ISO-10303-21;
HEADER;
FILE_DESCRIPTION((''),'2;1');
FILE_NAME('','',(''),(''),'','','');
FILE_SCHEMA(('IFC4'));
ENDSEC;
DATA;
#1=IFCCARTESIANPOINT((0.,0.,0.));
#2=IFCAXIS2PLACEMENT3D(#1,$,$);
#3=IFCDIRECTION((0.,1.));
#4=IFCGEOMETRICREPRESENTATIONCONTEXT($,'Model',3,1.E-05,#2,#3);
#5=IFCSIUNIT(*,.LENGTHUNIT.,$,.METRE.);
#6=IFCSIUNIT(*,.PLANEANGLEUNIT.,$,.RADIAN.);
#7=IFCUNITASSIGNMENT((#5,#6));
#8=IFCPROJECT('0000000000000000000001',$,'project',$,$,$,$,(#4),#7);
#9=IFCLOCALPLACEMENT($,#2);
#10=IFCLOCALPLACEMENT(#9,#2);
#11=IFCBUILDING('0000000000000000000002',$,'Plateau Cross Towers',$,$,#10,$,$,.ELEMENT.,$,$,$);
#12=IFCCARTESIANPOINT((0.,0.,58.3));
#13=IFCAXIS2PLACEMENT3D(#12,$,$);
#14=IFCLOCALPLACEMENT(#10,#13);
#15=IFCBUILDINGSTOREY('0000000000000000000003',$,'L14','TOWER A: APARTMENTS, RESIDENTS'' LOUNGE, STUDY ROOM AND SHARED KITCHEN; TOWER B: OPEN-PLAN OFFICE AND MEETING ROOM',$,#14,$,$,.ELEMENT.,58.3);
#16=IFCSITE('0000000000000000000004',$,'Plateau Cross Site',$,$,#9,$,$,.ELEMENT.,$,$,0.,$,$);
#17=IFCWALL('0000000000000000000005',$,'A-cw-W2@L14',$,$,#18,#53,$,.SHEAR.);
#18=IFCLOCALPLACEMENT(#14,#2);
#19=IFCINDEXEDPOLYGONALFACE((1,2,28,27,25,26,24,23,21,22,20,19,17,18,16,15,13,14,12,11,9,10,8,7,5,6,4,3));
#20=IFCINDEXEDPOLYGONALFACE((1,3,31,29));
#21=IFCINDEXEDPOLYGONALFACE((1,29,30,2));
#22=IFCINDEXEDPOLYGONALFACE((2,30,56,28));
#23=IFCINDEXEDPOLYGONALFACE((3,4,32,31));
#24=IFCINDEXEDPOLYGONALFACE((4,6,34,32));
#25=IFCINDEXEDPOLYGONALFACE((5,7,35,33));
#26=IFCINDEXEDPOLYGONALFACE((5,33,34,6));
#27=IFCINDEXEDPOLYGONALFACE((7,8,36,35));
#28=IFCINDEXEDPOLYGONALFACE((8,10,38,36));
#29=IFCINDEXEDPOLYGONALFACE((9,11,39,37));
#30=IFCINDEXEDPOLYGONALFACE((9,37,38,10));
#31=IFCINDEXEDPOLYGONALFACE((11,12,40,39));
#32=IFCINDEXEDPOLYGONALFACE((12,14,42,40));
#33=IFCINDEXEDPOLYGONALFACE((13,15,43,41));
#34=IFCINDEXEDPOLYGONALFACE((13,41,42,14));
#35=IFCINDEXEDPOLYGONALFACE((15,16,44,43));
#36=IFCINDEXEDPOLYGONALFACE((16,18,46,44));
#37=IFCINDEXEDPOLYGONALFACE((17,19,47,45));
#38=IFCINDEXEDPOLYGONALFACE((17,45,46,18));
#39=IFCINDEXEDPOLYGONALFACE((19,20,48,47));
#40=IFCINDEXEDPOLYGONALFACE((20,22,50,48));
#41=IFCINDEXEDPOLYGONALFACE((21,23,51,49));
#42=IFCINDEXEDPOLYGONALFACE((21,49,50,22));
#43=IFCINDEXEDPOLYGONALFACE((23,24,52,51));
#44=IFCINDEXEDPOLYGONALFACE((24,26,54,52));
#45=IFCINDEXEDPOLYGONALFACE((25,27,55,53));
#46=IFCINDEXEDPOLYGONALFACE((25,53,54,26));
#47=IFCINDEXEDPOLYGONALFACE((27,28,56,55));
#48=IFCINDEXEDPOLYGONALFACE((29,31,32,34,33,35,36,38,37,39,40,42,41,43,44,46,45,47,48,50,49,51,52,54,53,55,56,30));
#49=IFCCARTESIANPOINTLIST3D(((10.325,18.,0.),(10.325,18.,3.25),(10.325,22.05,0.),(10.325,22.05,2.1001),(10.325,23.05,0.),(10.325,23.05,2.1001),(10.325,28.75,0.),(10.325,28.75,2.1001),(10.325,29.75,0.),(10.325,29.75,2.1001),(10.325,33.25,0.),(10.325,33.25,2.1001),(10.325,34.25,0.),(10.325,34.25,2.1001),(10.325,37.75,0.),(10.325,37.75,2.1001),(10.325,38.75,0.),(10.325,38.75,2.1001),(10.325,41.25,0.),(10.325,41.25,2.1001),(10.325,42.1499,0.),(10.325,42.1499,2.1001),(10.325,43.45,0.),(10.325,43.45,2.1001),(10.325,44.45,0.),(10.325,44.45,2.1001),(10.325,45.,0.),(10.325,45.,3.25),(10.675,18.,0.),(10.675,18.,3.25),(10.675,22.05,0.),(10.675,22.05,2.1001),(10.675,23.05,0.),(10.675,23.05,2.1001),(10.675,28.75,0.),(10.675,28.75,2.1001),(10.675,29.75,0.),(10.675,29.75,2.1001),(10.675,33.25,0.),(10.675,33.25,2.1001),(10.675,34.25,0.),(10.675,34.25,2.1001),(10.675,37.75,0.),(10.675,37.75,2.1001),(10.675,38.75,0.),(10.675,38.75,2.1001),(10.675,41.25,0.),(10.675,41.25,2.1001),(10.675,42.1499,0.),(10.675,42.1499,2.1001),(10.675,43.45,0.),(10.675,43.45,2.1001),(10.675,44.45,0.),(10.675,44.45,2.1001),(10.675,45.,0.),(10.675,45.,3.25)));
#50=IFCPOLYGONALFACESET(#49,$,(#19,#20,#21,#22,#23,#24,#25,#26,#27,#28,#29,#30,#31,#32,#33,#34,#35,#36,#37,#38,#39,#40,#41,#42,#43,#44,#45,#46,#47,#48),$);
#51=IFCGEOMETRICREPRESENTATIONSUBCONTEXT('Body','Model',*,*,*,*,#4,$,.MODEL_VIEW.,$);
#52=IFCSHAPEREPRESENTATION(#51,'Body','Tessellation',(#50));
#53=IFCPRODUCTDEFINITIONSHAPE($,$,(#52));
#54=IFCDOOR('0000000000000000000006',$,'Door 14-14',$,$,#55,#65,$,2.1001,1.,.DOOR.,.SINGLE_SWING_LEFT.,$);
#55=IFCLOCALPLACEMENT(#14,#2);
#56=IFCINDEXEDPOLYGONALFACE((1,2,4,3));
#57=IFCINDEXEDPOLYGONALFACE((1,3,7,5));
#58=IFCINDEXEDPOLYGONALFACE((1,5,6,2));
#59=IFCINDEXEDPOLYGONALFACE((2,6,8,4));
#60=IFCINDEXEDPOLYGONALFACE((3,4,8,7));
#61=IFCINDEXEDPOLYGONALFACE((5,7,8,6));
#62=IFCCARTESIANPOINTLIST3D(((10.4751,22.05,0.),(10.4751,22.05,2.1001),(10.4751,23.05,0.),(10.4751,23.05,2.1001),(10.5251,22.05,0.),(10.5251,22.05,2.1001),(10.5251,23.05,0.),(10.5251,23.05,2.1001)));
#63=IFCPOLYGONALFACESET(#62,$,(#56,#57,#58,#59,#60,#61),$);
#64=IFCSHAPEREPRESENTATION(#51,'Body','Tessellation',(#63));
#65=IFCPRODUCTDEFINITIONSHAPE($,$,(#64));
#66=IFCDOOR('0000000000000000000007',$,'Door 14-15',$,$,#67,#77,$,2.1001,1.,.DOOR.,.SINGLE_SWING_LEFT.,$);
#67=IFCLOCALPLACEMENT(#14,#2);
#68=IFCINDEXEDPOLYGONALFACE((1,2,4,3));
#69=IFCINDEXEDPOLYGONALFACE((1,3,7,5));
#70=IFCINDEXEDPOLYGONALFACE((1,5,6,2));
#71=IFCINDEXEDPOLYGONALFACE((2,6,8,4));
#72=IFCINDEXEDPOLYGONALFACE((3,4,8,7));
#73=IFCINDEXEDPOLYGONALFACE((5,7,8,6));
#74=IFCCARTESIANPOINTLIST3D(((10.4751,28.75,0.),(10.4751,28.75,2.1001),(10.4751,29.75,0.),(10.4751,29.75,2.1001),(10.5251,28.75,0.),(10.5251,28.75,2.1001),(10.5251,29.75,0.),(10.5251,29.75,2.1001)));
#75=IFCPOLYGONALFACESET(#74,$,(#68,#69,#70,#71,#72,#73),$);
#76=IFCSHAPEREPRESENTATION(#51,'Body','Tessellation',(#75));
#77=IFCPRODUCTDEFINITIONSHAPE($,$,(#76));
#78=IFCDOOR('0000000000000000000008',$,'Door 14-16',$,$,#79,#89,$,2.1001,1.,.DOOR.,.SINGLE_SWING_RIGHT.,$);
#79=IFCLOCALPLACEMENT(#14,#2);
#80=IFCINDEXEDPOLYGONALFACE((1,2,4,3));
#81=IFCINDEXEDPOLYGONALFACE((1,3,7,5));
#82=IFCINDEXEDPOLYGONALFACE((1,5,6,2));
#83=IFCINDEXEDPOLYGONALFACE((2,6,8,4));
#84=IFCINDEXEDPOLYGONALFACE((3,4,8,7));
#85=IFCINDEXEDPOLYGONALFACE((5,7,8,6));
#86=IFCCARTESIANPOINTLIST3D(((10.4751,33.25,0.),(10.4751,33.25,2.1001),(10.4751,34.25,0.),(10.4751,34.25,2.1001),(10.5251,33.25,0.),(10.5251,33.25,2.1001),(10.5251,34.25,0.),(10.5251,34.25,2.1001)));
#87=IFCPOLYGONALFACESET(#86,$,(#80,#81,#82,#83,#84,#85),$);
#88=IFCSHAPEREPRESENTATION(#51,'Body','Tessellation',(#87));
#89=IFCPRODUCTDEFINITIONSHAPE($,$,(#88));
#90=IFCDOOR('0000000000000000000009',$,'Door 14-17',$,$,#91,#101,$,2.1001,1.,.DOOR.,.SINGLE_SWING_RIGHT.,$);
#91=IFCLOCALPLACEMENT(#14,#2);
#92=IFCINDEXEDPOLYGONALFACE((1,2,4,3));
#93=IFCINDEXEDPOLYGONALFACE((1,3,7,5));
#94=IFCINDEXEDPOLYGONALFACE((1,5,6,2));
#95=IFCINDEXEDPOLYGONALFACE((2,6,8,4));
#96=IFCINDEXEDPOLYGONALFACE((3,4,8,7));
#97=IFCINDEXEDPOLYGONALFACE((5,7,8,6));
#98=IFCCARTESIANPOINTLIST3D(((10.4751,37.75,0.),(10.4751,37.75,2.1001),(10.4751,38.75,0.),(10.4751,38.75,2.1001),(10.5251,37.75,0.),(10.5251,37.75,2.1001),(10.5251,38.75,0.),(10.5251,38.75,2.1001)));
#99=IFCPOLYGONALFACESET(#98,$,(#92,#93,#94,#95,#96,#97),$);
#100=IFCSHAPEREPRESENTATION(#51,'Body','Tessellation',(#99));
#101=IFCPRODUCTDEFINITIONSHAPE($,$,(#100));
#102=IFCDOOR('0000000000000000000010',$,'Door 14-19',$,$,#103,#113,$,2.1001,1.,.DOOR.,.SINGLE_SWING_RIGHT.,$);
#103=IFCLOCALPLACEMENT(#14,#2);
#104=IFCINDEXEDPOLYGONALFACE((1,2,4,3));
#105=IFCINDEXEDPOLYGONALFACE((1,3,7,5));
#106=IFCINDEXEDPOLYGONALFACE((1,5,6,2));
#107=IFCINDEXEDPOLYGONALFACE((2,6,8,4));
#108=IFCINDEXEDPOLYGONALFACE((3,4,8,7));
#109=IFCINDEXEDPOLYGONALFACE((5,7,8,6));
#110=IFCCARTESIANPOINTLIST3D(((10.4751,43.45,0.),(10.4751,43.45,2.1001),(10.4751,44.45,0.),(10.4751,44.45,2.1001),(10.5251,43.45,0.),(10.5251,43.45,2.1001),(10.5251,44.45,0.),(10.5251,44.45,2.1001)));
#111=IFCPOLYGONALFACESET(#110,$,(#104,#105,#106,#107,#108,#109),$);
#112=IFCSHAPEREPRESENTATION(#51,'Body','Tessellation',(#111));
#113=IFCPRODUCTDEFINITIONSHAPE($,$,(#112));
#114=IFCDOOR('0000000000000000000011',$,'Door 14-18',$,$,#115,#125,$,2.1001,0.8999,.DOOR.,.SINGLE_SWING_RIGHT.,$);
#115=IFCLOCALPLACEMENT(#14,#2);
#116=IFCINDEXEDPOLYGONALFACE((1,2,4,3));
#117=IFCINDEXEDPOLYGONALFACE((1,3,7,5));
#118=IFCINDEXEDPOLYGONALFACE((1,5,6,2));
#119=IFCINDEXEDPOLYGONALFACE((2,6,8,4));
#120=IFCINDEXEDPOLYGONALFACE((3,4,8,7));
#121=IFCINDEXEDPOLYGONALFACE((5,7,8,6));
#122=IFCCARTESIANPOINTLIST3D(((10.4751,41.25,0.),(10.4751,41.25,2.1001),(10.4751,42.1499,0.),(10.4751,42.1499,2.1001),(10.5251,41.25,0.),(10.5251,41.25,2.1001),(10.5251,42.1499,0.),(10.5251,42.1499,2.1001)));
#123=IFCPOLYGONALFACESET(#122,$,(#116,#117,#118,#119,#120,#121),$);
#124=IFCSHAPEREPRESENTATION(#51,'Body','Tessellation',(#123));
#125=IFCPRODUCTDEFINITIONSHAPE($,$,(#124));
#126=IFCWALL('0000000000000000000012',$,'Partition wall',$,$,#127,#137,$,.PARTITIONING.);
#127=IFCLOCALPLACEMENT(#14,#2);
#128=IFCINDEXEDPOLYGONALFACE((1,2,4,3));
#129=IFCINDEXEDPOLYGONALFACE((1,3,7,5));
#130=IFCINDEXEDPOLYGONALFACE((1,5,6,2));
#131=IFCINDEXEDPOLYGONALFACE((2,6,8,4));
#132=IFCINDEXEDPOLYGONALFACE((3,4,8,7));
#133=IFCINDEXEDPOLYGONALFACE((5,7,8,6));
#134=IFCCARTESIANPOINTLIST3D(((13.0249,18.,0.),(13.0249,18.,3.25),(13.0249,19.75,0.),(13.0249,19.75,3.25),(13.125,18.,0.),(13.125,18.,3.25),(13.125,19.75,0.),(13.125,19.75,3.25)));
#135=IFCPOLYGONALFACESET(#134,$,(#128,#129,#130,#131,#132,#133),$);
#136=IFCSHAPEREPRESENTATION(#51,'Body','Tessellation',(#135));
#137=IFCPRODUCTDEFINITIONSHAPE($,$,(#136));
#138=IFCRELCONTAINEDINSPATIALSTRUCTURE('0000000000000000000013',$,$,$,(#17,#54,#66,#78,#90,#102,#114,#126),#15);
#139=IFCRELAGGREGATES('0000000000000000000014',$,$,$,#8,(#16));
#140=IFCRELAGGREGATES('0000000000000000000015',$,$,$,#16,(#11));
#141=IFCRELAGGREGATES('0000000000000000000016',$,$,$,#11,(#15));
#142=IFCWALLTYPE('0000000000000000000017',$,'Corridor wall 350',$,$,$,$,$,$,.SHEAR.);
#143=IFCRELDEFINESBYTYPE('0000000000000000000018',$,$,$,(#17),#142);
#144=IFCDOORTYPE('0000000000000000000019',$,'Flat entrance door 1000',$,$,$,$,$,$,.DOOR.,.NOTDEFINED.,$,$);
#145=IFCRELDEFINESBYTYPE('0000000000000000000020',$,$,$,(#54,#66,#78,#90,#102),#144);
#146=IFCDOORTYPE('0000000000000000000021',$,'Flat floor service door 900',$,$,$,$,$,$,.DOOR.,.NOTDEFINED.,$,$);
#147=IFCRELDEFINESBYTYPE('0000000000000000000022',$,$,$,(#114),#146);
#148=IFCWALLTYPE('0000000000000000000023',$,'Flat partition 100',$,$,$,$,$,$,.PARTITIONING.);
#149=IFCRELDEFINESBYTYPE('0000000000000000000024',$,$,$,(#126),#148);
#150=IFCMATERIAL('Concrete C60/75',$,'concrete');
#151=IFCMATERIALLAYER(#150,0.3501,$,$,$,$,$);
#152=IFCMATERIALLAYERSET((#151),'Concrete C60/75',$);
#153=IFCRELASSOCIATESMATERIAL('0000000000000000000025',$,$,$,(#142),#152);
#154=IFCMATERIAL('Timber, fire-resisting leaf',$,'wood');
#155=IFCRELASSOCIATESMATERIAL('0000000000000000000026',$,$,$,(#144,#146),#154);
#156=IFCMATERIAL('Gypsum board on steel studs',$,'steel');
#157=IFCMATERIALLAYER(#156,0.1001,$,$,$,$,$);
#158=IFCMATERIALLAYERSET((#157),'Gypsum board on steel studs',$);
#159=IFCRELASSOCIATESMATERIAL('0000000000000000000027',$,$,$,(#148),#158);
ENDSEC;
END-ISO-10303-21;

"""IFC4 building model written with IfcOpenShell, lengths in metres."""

from ifc_helpers import new_model, si_unit, direction, frame, frame_2d, origin, place, context, subcontext, project, spatial, rectangle, extrude, material, layer, layer_set, type_object, element, fill, save


model = new_model("IFC4")

# Units and contexts
model_context = context("Model", 3, precision=1e-05, world=origin(), true_north=direction((0.0, 1.0)))
body_context = subcontext(model_context, "Body", "Model", "MODEL_VIEW")
ifc_project = project(units=[si_unit("LENGTHUNIT", "METRE"), si_unit("PLANEANGLEUNIT", "RADIAN")], contexts=[model_context])

# Site, building, storey
site_placement = place(None, origin())
site = spatial("IfcSite", under=ifc_project, at=site_placement, Name="Plateau Cross Site", CompositionType="ELEMENT", RefElevation=0.0)
building_placement = place(site_placement, origin())
building = spatial("IfcBuilding", under=site, at=building_placement, Name="Plateau Cross Towers", CompositionType="ELEMENT")
storey_placement = place(building_placement, frame((0.0, 0.0, 58.3)))
storey = spatial("IfcBuildingStorey", under=building, at=storey_placement, Name="L14", Description="TOWER A: APARTMENTS, RESIDENTS' LOUNGE, STUDY ROOM AND SHARED KITCHEN; TOWER B: OPEN-PLAN OFFICE AND MEETING ROOM", CompositionType="ELEMENT", Elevation=58.3)

# Shared definitions
ifc_material_1 = material(Name="Concrete C60/75", Category="concrete")

# Wall, openings, doors
ifc_layer_1 = layer(ifc_material_1, 0.3501)
ifc_layer_set_1 = layer_set([ifc_layer_1], Name="Concrete C60/75")
wall_type_1 = type_object("IfcWallType", Name="Corridor wall 350", PredefinedType="SHEAR", material=ifc_layer_set_1)
ifc_material_2 = material(Name="Timber, fire-resisting leaf", Category="wood")
door_type_1 = type_object("IfcDoorType", Name="Flat entrance door 1000", OperationType="NOTDEFINED", PredefinedType="DOOR", material=ifc_material_2)
wall_1_placement = place(storey_placement, frame((10.5, 18.0, 0.0), z_axis=(0.0, 0.0, 1.0), x_axis=(0.0, 1.0, 0.0)))
wall_1 = element("IfcWall", 1, at=wall_1_placement, inside=storey, type_object=wall_type_1, Name="A-cw-W2@L14", PredefinedType="SHEAR", context=body_context, shape_type="SweptSolid", body=[
    extrude(rectangle(XDim=27.0, YDim=0.3501, at=frame_2d((13.5, 0.0))), origin(), (0.0, 0.0, 1.0), 3.25),
])
opening_1_placement = place(wall_1_placement, frame((4.05, 0.0, 0.0)))
opening_1 = element("IfcOpeningElement", 2, at=opening_1_placement, cuts=wall_1, PredefinedType="OPENING", context=body_context, shape_type="SweptSolid", body=[
    extrude(rectangle(XDim=1.0, YDim=2.1001, at=frame_2d((0.5, 1.05))), frame((0.0, 0.1851, 0.0), z_axis=(0.0, -1.0, 0.0), x_axis=(1.0, 0.0, 0.0)), (0.0, 0.0, 1.0), 0.3701),
])
opening_2_placement = place(wall_1_placement, frame((10.75, 0.0, 0.0)))
opening_2 = element("IfcOpeningElement", 3, at=opening_2_placement, cuts=wall_1, PredefinedType="OPENING", context=body_context, shape_type="SweptSolid", body=[
    extrude(rectangle(XDim=1.0, YDim=2.1001, at=frame_2d((0.5, 1.05))), frame((0.0, 0.1851, 0.0), z_axis=(0.0, -1.0, 0.0), x_axis=(1.0, 0.0, 0.0)), (0.0, 0.0, 1.0), 0.3701),
])
opening_3_placement = place(wall_1_placement, frame((15.25, 0.0, 0.0)))
opening_3 = element("IfcOpeningElement", 4, at=opening_3_placement, cuts=wall_1, PredefinedType="OPENING", context=body_context, shape_type="SweptSolid", body=[
    extrude(rectangle(XDim=1.0, YDim=2.1001, at=frame_2d((0.5, 1.05))), frame((0.0, 0.1851, 0.0), z_axis=(0.0, -1.0, 0.0), x_axis=(1.0, 0.0, 0.0)), (0.0, 0.0, 1.0), 0.3701),
])
opening_4_placement = place(wall_1_placement, frame((19.75, 0.0, 0.0)))
opening_4 = element("IfcOpeningElement", 5, at=opening_4_placement, cuts=wall_1, PredefinedType="OPENING", context=body_context, shape_type="SweptSolid", body=[
    extrude(rectangle(XDim=1.0, YDim=2.1001, at=frame_2d((0.5, 1.05))), frame((0.0, 0.1851, 0.0), z_axis=(0.0, -1.0, 0.0), x_axis=(1.0, 0.0, 0.0)), (0.0, 0.0, 1.0), 0.3701),
])
opening_5_placement = place(wall_1_placement, frame((23.25, 0.0, 0.0)))
opening_5 = element("IfcOpeningElement", 6, at=opening_5_placement, cuts=wall_1, PredefinedType="OPENING", context=body_context, shape_type="SweptSolid", body=[
    extrude(rectangle(XDim=0.8999, YDim=2.1001, at=frame_2d((0.45, 1.05))), frame((0.0, 0.1851, 0.0), z_axis=(0.0, -1.0, 0.0), x_axis=(1.0, 0.0, 0.0)), (0.0, 0.0, 1.0), 0.3701),
])
opening_6_placement = place(wall_1_placement, frame((25.45, 0.0, 0.0)))
opening_6 = element("IfcOpeningElement", 7, at=opening_6_placement, cuts=wall_1, PredefinedType="OPENING", context=body_context, shape_type="SweptSolid", body=[
    extrude(rectangle(XDim=1.0, YDim=2.1001, at=frame_2d((0.5, 1.05))), frame((0.0, 0.1851, 0.0), z_axis=(0.0, -1.0, 0.0), x_axis=(1.0, 0.0, 0.0)), (0.0, 0.0, 1.0), 0.3701),
])
door_1_placement = place(opening_1_placement, origin())
door_1 = element("IfcDoor", 8, at=door_1_placement, inside=storey, type_object=door_type_1, Name="Door 14-14", OperationType="SINGLE_SWING_LEFT", OverallHeight=2.1001, OverallWidth=1.0, PredefinedType="DOOR", context=body_context, shape_type="SweptSolid", body=[
    extrude(rectangle(XDim=1.0, YDim=2.1001, at=frame_2d((0.5, 1.05))), frame((0.0, 0.0249, 0.0), z_axis=(0.0, -1.0, 0.0), x_axis=(1.0, 0.0, 0.0)), (0.0, 0.0, 1.0), 0.05),
])
fill(opening_1, door_1)
door_2_placement = place(opening_2_placement, origin())
door_2 = element("IfcDoor", 9, at=door_2_placement, inside=storey, type_object=door_type_1, Name="Door 14-15", OperationType="SINGLE_SWING_LEFT", OverallHeight=2.1001, OverallWidth=1.0, PredefinedType="DOOR", context=body_context, shape_type="SweptSolid", body=[
    extrude(rectangle(XDim=1.0, YDim=2.1001, at=frame_2d((0.5, 1.05))), frame((0.0, 0.0249, 0.0), z_axis=(0.0, -1.0, 0.0), x_axis=(1.0, 0.0, 0.0)), (0.0, 0.0, 1.0), 0.05),
])
fill(opening_2, door_2)
door_3_placement = place(opening_3_placement, origin())
door_3 = element("IfcDoor", 10, at=door_3_placement, inside=storey, type_object=door_type_1, Name="Door 14-16", OperationType="SINGLE_SWING_RIGHT", OverallHeight=2.1001, OverallWidth=1.0, PredefinedType="DOOR", context=body_context, shape_type="SweptSolid", body=[
    extrude(rectangle(XDim=1.0, YDim=2.1001, at=frame_2d((0.5, 1.05))), frame((0.0, 0.0249, 0.0), z_axis=(0.0, -1.0, 0.0), x_axis=(1.0, 0.0, 0.0)), (0.0, 0.0, 1.0), 0.05),
])
fill(opening_3, door_3)
door_4_placement = place(opening_4_placement, origin())
door_4 = element("IfcDoor", 11, at=door_4_placement, inside=storey, type_object=door_type_1, Name="Door 14-17", OperationType="SINGLE_SWING_RIGHT", OverallHeight=2.1001, OverallWidth=1.0, PredefinedType="DOOR", context=body_context, shape_type="SweptSolid", body=[
    extrude(rectangle(XDim=1.0, YDim=2.1001, at=frame_2d((0.5, 1.05))), frame((0.0, 0.0249, 0.0), z_axis=(0.0, -1.0, 0.0), x_axis=(1.0, 0.0, 0.0)), (0.0, 0.0, 1.0), 0.05),
])
fill(opening_4, door_4)
door_5_placement = place(opening_6_placement, origin())
door_5 = element("IfcDoor", 12, at=door_5_placement, inside=storey, type_object=door_type_1, Name="Door 14-19", OperationType="SINGLE_SWING_RIGHT", OverallHeight=2.1001, OverallWidth=1.0, PredefinedType="DOOR", context=body_context, shape_type="SweptSolid", body=[
    extrude(rectangle(XDim=1.0, YDim=2.1001, at=frame_2d((0.5, 1.05))), frame((0.0, 0.0249, 0.0), z_axis=(0.0, -1.0, 0.0), x_axis=(1.0, 0.0, 0.0)), (0.0, 0.0, 1.0), 0.05),
])
fill(opening_6, door_5)
door_type_2 = type_object("IfcDoorType", Name="Flat floor service door 900", OperationType="NOTDEFINED", PredefinedType="DOOR", material=ifc_material_2)
door_6_placement = place(opening_5_placement, origin())
door_6 = element("IfcDoor", 13, at=door_6_placement, inside=storey, type_object=door_type_2, Name="Door 14-18", OperationType="SINGLE_SWING_RIGHT", OverallHeight=2.1001, OverallWidth=0.8999, PredefinedType="DOOR", context=body_context, shape_type="SweptSolid", body=[
    extrude(rectangle(XDim=0.8999, YDim=2.1001, at=frame_2d((0.45, 1.05))), frame((0.0, 0.0249, 0.0), z_axis=(0.0, -1.0, 0.0), x_axis=(1.0, 0.0, 0.0)), (0.0, 0.0, 1.0), 0.05),
])
fill(opening_5, door_6)

# Wall
ifc_material_3 = material(Name="Gypsum board on steel studs", Category="steel")
ifc_layer_2 = layer(ifc_material_3, 0.1001)
ifc_layer_set_2 = layer_set([ifc_layer_2], Name="Gypsum board on steel studs")
wall_type_2 = type_object("IfcWallType", Name="Flat partition 100", PredefinedType="PARTITIONING", material=ifc_layer_set_2)
wall_2_placement = place(storey_placement, frame((13.075, 18.0, 0.0), z_axis=(0.0, 0.0, 1.0), x_axis=(0.0, 1.0, 0.0)))
element("IfcWall", 14, at=wall_2_placement, inside=storey, type_object=wall_type_2, Name="Partition wall", PredefinedType="PARTITIONING", context=body_context, shape_type="SweptSolid", body=[
    extrude(rectangle(XDim=1.75, YDim=0.1001, at=frame_2d((0.875, 0.0))), origin(), (0.0, 0.0, 1.0), 3.25),
])

save(model, "model.ifc")
